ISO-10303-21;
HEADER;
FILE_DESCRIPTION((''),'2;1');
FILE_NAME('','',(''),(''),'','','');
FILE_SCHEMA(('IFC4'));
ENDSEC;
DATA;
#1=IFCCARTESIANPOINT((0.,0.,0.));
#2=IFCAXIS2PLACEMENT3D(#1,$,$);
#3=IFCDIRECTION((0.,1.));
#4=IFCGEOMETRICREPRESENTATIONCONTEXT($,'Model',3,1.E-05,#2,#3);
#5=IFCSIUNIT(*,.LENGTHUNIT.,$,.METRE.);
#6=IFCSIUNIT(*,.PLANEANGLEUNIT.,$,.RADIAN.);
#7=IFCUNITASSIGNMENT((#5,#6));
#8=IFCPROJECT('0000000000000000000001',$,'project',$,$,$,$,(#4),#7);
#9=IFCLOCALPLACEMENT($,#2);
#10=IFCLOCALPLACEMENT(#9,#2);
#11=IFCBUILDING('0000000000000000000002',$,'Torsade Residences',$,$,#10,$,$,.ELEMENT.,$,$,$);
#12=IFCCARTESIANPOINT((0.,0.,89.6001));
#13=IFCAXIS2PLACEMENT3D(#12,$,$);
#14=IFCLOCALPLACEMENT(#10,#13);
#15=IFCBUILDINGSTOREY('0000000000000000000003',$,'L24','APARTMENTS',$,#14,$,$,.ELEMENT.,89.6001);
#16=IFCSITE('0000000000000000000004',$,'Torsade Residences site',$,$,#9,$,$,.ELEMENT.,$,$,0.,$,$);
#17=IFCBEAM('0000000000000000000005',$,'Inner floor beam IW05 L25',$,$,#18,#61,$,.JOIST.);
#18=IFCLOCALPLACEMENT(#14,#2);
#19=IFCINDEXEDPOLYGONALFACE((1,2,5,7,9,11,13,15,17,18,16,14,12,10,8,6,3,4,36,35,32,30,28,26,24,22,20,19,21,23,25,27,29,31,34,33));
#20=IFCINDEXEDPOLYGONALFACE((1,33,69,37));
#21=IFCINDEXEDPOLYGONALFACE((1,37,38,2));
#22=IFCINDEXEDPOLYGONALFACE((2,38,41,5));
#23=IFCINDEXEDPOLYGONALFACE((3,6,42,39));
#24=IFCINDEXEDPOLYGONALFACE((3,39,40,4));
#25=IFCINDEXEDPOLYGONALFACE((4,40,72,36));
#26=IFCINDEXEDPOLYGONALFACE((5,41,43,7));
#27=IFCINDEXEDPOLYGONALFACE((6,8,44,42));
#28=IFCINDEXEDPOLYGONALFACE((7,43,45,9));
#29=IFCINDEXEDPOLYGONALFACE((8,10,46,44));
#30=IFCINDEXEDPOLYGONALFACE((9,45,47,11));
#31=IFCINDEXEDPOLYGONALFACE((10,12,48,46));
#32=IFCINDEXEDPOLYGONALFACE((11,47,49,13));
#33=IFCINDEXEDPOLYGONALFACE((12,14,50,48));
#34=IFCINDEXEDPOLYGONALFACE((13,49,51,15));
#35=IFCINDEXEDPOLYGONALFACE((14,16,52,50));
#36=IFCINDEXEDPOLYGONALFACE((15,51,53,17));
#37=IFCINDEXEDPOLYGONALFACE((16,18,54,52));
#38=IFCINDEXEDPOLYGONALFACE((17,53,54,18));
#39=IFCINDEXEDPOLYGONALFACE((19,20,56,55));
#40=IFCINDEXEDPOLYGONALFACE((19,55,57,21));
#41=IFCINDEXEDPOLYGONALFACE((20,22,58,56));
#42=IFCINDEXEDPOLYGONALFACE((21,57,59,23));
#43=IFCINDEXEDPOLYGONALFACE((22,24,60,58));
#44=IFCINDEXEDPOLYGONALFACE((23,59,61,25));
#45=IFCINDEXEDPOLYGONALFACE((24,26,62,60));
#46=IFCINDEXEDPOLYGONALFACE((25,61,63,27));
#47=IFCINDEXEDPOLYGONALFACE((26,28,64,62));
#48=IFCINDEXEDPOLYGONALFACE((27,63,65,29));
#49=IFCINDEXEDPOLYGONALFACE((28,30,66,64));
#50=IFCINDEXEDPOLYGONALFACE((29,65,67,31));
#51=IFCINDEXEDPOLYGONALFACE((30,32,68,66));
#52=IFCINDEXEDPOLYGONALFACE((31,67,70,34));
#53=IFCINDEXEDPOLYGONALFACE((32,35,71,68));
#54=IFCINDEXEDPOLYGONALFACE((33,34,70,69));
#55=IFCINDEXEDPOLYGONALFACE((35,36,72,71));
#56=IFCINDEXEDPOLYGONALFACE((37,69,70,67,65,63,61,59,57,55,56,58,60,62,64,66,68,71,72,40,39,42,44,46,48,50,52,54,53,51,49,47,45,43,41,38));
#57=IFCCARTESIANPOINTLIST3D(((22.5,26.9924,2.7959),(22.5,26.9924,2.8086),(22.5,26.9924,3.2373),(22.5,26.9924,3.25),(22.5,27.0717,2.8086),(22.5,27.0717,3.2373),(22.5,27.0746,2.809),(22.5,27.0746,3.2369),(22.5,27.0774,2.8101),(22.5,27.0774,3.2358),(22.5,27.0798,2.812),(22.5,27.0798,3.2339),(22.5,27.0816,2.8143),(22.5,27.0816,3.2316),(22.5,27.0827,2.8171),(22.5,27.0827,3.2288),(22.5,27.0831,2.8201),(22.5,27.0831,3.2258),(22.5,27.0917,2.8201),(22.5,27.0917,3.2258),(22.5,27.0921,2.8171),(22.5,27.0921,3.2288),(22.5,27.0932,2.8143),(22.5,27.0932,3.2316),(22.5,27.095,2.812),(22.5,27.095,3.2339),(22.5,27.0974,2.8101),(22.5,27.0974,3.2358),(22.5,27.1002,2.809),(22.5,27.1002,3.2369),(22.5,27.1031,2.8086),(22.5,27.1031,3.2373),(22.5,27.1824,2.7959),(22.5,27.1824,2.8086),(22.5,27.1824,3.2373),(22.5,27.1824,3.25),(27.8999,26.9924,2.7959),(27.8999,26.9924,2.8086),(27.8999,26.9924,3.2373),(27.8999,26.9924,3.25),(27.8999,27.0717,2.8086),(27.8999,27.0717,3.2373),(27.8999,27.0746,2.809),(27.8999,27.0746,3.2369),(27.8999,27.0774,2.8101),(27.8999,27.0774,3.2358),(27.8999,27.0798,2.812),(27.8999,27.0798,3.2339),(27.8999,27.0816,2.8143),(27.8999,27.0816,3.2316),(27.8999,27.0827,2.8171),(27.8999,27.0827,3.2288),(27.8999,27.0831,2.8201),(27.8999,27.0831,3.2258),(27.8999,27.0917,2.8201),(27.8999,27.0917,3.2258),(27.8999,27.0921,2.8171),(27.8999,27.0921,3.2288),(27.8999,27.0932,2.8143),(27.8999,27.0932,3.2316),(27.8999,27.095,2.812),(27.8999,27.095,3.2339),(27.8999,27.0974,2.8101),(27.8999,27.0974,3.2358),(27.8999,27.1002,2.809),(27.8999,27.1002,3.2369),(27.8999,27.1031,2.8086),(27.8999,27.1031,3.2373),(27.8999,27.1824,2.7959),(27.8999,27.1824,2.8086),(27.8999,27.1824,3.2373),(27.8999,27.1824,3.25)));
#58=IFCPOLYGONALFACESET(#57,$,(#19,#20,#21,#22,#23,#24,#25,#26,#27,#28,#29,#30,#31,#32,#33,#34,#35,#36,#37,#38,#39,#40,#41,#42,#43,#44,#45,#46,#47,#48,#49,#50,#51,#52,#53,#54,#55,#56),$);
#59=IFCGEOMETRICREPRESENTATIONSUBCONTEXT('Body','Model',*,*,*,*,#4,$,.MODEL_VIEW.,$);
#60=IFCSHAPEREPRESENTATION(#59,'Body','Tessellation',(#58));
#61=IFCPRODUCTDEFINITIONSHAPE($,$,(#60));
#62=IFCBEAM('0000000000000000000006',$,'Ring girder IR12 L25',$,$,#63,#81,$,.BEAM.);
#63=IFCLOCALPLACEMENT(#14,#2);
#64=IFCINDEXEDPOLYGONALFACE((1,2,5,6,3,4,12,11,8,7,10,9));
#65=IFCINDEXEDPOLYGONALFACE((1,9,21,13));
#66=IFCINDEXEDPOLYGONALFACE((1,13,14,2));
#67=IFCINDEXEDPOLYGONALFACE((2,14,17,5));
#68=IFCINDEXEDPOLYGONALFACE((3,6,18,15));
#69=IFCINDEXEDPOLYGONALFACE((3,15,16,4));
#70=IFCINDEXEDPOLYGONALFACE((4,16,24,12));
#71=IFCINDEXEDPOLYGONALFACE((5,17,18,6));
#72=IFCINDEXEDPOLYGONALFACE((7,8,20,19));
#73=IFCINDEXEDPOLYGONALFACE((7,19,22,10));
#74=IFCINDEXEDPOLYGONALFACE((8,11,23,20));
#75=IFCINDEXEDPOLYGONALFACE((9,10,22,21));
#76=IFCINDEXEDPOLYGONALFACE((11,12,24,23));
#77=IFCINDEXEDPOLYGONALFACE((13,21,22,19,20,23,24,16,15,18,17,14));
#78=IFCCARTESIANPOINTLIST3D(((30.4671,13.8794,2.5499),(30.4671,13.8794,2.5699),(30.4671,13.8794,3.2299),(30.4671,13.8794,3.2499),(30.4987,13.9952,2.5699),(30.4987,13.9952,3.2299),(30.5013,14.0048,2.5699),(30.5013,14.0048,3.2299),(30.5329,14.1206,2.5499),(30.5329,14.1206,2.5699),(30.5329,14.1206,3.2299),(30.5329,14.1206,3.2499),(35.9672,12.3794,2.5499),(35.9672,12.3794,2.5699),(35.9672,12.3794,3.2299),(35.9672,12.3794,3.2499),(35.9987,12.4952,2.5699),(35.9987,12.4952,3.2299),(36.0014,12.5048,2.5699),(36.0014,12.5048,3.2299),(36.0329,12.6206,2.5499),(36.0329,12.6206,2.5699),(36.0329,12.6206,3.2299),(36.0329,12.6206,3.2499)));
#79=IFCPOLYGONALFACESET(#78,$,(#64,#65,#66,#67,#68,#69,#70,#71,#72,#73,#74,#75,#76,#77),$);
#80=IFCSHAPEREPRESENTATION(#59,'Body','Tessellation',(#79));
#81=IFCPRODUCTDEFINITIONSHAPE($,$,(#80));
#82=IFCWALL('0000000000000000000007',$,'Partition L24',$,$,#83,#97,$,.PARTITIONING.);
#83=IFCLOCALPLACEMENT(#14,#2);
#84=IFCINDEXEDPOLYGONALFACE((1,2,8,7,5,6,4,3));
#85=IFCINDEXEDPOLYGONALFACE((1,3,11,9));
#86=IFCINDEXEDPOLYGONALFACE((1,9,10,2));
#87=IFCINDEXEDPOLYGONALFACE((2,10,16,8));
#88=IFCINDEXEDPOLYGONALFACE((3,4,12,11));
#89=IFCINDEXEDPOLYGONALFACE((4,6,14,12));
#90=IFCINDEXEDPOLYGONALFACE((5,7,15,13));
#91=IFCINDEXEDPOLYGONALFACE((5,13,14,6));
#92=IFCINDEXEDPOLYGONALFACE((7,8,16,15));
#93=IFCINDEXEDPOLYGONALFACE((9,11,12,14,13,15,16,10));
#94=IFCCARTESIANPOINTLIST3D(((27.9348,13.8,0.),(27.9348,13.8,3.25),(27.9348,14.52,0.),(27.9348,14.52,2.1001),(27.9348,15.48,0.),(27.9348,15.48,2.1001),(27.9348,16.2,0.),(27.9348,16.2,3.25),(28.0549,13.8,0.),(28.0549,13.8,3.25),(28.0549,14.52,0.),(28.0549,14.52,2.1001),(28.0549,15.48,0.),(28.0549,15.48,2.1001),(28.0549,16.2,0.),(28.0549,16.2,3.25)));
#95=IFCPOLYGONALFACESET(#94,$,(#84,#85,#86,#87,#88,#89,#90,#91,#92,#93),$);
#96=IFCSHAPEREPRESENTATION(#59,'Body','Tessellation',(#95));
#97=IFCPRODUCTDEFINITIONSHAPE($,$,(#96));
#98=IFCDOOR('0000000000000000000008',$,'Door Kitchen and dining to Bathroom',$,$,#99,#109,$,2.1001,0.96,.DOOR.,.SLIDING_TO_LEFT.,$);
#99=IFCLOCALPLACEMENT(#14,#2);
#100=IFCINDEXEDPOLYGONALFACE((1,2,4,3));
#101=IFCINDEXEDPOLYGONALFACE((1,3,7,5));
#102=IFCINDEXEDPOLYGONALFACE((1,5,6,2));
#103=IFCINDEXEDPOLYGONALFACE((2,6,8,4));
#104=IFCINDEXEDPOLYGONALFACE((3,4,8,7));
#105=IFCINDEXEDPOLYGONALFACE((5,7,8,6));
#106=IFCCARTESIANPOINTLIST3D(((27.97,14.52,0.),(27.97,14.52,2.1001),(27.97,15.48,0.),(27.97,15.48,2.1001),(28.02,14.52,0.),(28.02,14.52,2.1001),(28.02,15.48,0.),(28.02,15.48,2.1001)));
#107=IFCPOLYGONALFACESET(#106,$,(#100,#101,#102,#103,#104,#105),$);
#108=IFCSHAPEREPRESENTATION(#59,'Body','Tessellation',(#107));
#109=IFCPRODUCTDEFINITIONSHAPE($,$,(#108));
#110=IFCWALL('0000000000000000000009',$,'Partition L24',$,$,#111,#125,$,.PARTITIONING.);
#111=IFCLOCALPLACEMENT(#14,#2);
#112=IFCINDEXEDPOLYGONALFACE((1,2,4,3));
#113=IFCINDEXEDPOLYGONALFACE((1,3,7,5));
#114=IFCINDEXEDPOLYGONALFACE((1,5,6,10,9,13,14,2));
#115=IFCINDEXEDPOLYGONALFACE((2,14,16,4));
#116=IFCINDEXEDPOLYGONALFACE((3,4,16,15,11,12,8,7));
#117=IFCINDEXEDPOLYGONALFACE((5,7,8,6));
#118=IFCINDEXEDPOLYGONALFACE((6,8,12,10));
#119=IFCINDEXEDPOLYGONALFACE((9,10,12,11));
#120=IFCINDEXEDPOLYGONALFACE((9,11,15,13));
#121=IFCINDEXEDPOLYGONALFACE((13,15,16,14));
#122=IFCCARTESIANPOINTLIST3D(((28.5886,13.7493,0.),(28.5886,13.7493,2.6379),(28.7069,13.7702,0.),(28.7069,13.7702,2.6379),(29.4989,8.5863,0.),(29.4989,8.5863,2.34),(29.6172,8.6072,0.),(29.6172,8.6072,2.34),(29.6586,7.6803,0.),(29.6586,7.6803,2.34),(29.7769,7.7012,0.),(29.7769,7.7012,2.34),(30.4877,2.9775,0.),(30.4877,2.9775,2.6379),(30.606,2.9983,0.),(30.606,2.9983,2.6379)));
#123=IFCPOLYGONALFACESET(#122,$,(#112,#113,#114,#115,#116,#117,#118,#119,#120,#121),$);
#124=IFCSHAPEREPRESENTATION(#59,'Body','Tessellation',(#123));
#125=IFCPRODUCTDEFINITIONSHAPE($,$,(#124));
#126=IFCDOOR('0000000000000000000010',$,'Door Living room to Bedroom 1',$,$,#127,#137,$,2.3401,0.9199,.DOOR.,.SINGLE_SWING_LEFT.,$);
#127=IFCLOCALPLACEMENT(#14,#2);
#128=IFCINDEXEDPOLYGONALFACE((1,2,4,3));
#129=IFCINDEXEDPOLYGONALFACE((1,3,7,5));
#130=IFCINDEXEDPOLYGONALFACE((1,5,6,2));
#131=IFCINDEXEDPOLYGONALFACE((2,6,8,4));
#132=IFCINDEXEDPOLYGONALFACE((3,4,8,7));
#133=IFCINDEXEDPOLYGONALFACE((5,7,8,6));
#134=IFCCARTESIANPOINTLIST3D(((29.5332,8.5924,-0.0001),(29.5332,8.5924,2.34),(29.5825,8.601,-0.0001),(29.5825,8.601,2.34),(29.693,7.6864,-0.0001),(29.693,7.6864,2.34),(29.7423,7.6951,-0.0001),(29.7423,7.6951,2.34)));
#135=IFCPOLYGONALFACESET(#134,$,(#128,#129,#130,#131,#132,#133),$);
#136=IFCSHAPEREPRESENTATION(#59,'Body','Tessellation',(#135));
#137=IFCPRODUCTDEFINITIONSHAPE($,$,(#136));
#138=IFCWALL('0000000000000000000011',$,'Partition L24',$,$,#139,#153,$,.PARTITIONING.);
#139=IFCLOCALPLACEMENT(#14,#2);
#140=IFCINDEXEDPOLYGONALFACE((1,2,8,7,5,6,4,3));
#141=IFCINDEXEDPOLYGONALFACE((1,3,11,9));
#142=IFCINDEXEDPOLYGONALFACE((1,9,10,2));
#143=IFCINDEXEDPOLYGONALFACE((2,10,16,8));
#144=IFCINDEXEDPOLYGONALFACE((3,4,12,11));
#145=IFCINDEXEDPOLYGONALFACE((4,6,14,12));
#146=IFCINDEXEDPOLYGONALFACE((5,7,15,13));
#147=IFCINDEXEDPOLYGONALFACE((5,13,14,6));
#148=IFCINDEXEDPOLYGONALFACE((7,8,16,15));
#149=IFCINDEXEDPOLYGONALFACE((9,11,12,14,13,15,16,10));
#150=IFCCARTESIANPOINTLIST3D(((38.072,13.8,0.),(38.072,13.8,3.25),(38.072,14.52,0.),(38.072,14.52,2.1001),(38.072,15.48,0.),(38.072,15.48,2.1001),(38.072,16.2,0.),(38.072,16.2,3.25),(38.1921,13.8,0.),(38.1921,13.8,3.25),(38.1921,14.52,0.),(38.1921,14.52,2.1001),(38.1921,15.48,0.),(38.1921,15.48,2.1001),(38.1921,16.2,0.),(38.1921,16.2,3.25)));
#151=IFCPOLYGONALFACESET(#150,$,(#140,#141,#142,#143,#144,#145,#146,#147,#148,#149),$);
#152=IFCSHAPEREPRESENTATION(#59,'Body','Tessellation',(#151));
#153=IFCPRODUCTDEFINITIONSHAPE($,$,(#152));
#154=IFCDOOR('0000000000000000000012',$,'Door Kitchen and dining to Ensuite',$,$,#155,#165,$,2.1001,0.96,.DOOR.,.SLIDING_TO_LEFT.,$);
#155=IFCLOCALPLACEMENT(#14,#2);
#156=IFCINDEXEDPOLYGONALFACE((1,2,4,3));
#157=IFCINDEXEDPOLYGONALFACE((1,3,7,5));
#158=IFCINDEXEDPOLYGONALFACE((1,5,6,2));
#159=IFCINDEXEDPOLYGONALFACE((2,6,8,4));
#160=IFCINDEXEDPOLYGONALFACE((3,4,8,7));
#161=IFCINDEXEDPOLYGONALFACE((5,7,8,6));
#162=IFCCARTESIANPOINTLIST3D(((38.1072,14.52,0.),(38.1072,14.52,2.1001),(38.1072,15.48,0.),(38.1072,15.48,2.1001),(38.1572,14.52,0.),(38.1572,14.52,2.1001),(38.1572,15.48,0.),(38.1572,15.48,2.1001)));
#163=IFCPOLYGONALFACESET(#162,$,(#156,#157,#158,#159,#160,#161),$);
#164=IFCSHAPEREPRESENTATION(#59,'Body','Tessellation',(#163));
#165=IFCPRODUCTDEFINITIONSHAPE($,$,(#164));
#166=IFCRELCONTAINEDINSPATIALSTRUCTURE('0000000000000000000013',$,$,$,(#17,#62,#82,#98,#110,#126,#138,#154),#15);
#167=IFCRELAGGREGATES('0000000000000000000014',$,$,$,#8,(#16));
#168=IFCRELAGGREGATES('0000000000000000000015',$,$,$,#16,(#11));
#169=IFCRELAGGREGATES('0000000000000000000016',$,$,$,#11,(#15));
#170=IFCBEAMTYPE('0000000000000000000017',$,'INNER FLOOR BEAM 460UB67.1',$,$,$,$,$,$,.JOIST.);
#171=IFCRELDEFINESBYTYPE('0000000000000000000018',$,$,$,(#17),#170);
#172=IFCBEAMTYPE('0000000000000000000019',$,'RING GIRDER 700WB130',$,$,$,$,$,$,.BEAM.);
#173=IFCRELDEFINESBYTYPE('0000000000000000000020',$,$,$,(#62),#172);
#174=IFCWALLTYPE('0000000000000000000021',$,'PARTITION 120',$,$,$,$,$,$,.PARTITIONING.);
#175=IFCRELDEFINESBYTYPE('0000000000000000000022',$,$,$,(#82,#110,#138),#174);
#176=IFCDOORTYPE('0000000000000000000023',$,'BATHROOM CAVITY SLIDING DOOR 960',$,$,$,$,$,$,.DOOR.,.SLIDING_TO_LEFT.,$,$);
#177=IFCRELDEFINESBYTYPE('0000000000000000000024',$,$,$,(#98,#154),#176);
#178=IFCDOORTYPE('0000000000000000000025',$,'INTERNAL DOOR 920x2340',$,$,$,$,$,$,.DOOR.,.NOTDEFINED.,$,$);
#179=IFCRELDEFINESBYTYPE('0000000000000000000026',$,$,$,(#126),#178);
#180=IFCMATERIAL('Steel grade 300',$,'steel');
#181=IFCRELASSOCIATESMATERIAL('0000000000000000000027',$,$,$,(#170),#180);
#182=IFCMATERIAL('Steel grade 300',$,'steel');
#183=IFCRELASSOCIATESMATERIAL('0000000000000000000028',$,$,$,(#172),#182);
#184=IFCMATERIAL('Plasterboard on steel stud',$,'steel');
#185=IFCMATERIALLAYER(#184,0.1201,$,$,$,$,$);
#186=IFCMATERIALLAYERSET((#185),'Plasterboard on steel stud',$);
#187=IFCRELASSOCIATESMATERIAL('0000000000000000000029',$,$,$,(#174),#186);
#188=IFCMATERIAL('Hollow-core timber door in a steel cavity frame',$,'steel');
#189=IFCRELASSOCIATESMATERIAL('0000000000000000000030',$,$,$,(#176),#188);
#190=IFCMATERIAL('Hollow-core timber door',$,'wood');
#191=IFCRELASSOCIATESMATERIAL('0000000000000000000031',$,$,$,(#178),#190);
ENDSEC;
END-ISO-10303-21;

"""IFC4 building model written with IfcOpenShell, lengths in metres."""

from ifc_helpers import new_model, si_unit, direction, frame, frame_2d, origin, origin_2d, place, context, subcontext, project, spatial, rectangle, i_section, extrude, material, layer, layer_set, material_profile, profile_set, type_object, element, fill, save


model = new_model("IFC4")

# Units and contexts
model_context = context("Model", 3, precision=1e-05, world=origin(), true_north=direction((0.0, 1.0)))
body_context = subcontext(model_context, "Body", "Model", "MODEL_VIEW")
ifc_project = project(units=[si_unit("LENGTHUNIT", "METRE"), si_unit("PLANEANGLEUNIT", "RADIAN")], contexts=[model_context])

# Site, building, storey
site_placement = place(None, origin())
site = spatial("IfcSite", under=ifc_project, at=site_placement, Name="Torsade Residences site", CompositionType="ELEMENT", RefElevation=0.0)
building_placement = place(site_placement, origin())
building = spatial("IfcBuilding", under=site, at=building_placement, Name="Torsade Residences", CompositionType="ELEMENT")
storey_placement = place(building_placement, frame((0.0, 0.0, 89.6001)))
storey = spatial("IfcBuildingStorey", under=building, at=storey_placement, Name="L24", Description="APARTMENTS", CompositionType="ELEMENT", Elevation=89.6001)

# Beams
ifc_material_1 = material(Name="Steel grade 300", Category="steel")
ifc_material_profile_1 = material_profile(ifc_material_1, i_section(OverallWidth=0.1899, OverallDepth=0.4541, WebThickness=0.0085, FlangeThickness=0.0127, FilletRadius=0.0115, at=origin_2d()), Name="460UB67.1")
ifc_profile_set_1 = profile_set([ifc_material_profile_1], Name="Steel grade 300")
beam_type_1 = type_object("IfcBeamType", Name="INNER FLOOR BEAM 460UB67.1", PredefinedType="JOIST", material=ifc_profile_set_1)
beam_1_placement = place(storey_placement, frame((27.8999, 27.0874, 3.0229), z_axis=(-1.0, 0.0, 0.0), x_axis=(0.0, -1.0, 0.0)))
element("IfcBeam", 1, at=beam_1_placement, inside=storey, type_object=beam_type_1, Name="Inner floor beam IW05 L25", PredefinedType="JOIST", context=body_context, shape_type="SweptSolid", body=[
    extrude(i_section(OverallWidth=0.1899, OverallDepth=0.4541, WebThickness=0.0085, FlangeThickness=0.0127, FilletRadius=0.0115, at=origin_2d()), origin(), (0.0, 0.0, 1.0), 5.3999),
])
ifc_material_2 = material(Name="Steel grade 300", Category="steel")
ifc_material_profile_2 = material_profile(ifc_material_2, i_section(OverallWidth=0.25, OverallDepth=0.7, WebThickness=0.01, FlangeThickness=0.02, at=origin_2d()), Name="700WB130")
ifc_profile_set_2 = profile_set([ifc_material_profile_2], Name="Steel grade 300")
beam_type_2 = type_object("IfcBeamType", Name="RING GIRDER 700WB130", PredefinedType="BEAM", material=ifc_profile_set_2)
beam_2_placement = place(storey_placement, frame((30.5, 14.0, 2.8999), z_axis=(0.964764, -0.263117, 0.0), x_axis=(0.263117, 0.964764, 0.0)))
element("IfcBeam", 2, at=beam_2_placement, inside=storey, type_object=beam_type_2, Name="Ring girder IR12 L25", PredefinedType="BEAM", context=body_context, shape_type="SweptSolid", body=[
    extrude(i_section(OverallWidth=0.25, OverallDepth=0.7, WebThickness=0.01, FlangeThickness=0.02, at=origin_2d()), origin(), (0.0, 0.0, 1.0), 5.7009),
])

# Walls, openings, doors
ifc_material_3 = material(Name="Plasterboard on steel stud", Category="steel")
ifc_layer_1 = layer(ifc_material_3, 0.1201)
ifc_layer_set_1 = layer_set([ifc_layer_1], Name="Plasterboard on steel stud")
wall_type_1 = type_object("IfcWallType", Name="PARTITION 120", PredefinedType="PARTITIONING", material=ifc_layer_set_1)
wall_1_placement = place(storey_placement, frame((27.9949, 13.8, 0.0), z_axis=(0.0, 0.0, 1.0), x_axis=(0.0, 1.0, 0.0)))
wall_1 = element("IfcWall", 3, at=wall_1_placement, inside=storey, type_object=wall_type_1, Name="Partition L24", PredefinedType="PARTITIONING", context=body_context, shape_type="SweptSolid", body=[
    extrude(rectangle(XDim=2.3999, YDim=0.1201, at=frame_2d((1.2, 0.0))), origin(), (0.0, 0.0, 1.0), 3.25),
])
opening_1_placement = place(wall_1_placement, frame((0.72, 0.0, 0.0)))
opening_1 = element("IfcOpeningElement", 4, at=opening_1_placement, cuts=wall_1, PredefinedType="OPENING", context=body_context, shape_type="SweptSolid", body=[
    extrude(rectangle(XDim=0.96, YDim=2.1001, at=frame_2d((0.48, 1.05))), frame((0.0, 0.0701, 0.0), z_axis=(0.0, -1.0, 0.0), x_axis=(1.0, 0.0, 0.0)), (0.0, 0.0, 1.0), 0.1401),
])
ifc_material_4 = material(Name="Hollow-core timber door in a steel cavity frame", Category="steel")
door_type_1 = type_object("IfcDoorType", Name="BATHROOM CAVITY SLIDING DOOR 960", OperationType="SLIDING_TO_LEFT", PredefinedType="DOOR", material=ifc_material_4)
door_1_placement = place(opening_1_placement, origin())
door_1 = element("IfcDoor", 5, at=door_1_placement, inside=storey, type_object=door_type_1, Name="Door Kitchen and dining to Bathroom", OperationType="SLIDING_TO_LEFT", OverallHeight=2.1001, OverallWidth=0.96, PredefinedType="DOOR", context=body_context, shape_type="SweptSolid", body=[
    extrude(rectangle(XDim=0.96, YDim=2.1001, at=frame_2d((0.48, 1.05))), frame((0.0, 0.0249, 0.0), z_axis=(0.0, -1.0, 0.0), x_axis=(1.0, 0.0, 0.0)), (0.0, 0.0, 1.0), 0.05),
])
fill(opening_1, door_1)
wall_2_placement = place(storey_placement, frame((28.6477, 13.7598, 0.0), z_axis=(0.0, 0.0, 1.0), x_axis=(0.173633, -0.984811, 0.0)))
wall_2 = element("IfcWall", 6, at=wall_2_placement, inside=storey, type_object=wall_type_1, Name="Partition L24", PredefinedType="PARTITIONING", context=body_context, shape_type="SweptSolid", body=[
    extrude(rectangle(XDim=10.938, YDim=0.1201, at=frame_2d((5.469, 0.0))), origin(), (0.0, 0.0, 1.0), 2.6379),
])
opening_2_placement = place(wall_2_placement, frame((5.2427, 0.0, 0.0)))
opening_2 = element("IfcOpeningElement", 7, at=opening_2_placement, cuts=wall_2, PredefinedType="OPENING", context=body_context, shape_type="SweptSolid", body=[
    extrude(rectangle(XDim=0.9199, YDim=2.3401, at=frame_2d((0.46, 1.1699))), frame((0.0, 0.0701, 0.0), z_axis=(0.0, -1.0, 0.0), x_axis=(1.0, 0.0, 0.0)), (0.0, 0.0, 1.0), 0.1401),
])
ifc_material_5 = material(Name="Hollow-core timber door", Category="wood")
door_type_2 = type_object("IfcDoorType", Name="INTERNAL DOOR 920x2340", OperationType="NOTDEFINED", PredefinedType="DOOR", material=ifc_material_5)
door_2_placement = place(opening_2_placement, origin())
door_2 = element("IfcDoor", 8, at=door_2_placement, inside=storey, type_object=door_type_2, Name="Door Living room to Bedroom 1", OperationType="SINGLE_SWING_LEFT", OverallHeight=2.3401, OverallWidth=0.9199, PredefinedType="DOOR", context=body_context, shape_type="SweptSolid", body=[
    extrude(rectangle(XDim=0.9199, YDim=2.3401, at=frame_2d((0.46, 1.1699))), frame((0.0, 0.0249, 0.0), z_axis=(0.0, -1.0, 0.0), x_axis=(1.0, 0.0, 0.0)), (0.0, 0.0, 1.0), 0.05),
])
fill(opening_2, door_2)
wall_3_placement = place(storey_placement, frame((38.1321, 13.8, 0.0), z_axis=(0.0, 0.0, 1.0), x_axis=(0.0, 1.0, 0.0)))
wall_3 = element("IfcWall", 9, at=wall_3_placement, inside=storey, type_object=wall_type_1, Name="Partition L24", PredefinedType="PARTITIONING", context=body_context, shape_type="SweptSolid", body=[
    extrude(rectangle(XDim=2.3999, YDim=0.1201, at=frame_2d((1.2, 0.0))), origin(), (0.0, 0.0, 1.0), 3.25),
])
opening_3_placement = place(wall_3_placement, frame((0.72, 0.0, 0.0)))
opening_3 = element("IfcOpeningElement", 10, at=opening_3_placement, cuts=wall_3, PredefinedType="OPENING", context=body_context, shape_type="SweptSolid", body=[
    extrude(rectangle(XDim=0.96, YDim=2.1001, at=frame_2d((0.48, 1.05))), frame((0.0, 0.0701, 0.0), z_axis=(0.0, -1.0, 0.0), x_axis=(1.0, 0.0, 0.0)), (0.0, 0.0, 1.0), 0.1401),
])
door_3_placement = place(opening_3_placement, origin())
door_3 = element("IfcDoor", 11, at=door_3_placement, inside=storey, type_object=door_type_1, Name="Door Kitchen and dining to Ensuite", OperationType="SLIDING_TO_LEFT", OverallHeight=2.1001, OverallWidth=0.96, PredefinedType="DOOR", context=body_context, shape_type="SweptSolid", body=[
    extrude(rectangle(XDim=0.96, YDim=2.1001, at=frame_2d((0.48, 1.05))), frame((0.0, 0.0249, 0.0), z_axis=(0.0, -1.0, 0.0), x_axis=(1.0, 0.0, 0.0)), (0.0, 0.0, 1.0), 0.05),
])
fill(opening_3, door_3)

save(model, "model.ifc")
